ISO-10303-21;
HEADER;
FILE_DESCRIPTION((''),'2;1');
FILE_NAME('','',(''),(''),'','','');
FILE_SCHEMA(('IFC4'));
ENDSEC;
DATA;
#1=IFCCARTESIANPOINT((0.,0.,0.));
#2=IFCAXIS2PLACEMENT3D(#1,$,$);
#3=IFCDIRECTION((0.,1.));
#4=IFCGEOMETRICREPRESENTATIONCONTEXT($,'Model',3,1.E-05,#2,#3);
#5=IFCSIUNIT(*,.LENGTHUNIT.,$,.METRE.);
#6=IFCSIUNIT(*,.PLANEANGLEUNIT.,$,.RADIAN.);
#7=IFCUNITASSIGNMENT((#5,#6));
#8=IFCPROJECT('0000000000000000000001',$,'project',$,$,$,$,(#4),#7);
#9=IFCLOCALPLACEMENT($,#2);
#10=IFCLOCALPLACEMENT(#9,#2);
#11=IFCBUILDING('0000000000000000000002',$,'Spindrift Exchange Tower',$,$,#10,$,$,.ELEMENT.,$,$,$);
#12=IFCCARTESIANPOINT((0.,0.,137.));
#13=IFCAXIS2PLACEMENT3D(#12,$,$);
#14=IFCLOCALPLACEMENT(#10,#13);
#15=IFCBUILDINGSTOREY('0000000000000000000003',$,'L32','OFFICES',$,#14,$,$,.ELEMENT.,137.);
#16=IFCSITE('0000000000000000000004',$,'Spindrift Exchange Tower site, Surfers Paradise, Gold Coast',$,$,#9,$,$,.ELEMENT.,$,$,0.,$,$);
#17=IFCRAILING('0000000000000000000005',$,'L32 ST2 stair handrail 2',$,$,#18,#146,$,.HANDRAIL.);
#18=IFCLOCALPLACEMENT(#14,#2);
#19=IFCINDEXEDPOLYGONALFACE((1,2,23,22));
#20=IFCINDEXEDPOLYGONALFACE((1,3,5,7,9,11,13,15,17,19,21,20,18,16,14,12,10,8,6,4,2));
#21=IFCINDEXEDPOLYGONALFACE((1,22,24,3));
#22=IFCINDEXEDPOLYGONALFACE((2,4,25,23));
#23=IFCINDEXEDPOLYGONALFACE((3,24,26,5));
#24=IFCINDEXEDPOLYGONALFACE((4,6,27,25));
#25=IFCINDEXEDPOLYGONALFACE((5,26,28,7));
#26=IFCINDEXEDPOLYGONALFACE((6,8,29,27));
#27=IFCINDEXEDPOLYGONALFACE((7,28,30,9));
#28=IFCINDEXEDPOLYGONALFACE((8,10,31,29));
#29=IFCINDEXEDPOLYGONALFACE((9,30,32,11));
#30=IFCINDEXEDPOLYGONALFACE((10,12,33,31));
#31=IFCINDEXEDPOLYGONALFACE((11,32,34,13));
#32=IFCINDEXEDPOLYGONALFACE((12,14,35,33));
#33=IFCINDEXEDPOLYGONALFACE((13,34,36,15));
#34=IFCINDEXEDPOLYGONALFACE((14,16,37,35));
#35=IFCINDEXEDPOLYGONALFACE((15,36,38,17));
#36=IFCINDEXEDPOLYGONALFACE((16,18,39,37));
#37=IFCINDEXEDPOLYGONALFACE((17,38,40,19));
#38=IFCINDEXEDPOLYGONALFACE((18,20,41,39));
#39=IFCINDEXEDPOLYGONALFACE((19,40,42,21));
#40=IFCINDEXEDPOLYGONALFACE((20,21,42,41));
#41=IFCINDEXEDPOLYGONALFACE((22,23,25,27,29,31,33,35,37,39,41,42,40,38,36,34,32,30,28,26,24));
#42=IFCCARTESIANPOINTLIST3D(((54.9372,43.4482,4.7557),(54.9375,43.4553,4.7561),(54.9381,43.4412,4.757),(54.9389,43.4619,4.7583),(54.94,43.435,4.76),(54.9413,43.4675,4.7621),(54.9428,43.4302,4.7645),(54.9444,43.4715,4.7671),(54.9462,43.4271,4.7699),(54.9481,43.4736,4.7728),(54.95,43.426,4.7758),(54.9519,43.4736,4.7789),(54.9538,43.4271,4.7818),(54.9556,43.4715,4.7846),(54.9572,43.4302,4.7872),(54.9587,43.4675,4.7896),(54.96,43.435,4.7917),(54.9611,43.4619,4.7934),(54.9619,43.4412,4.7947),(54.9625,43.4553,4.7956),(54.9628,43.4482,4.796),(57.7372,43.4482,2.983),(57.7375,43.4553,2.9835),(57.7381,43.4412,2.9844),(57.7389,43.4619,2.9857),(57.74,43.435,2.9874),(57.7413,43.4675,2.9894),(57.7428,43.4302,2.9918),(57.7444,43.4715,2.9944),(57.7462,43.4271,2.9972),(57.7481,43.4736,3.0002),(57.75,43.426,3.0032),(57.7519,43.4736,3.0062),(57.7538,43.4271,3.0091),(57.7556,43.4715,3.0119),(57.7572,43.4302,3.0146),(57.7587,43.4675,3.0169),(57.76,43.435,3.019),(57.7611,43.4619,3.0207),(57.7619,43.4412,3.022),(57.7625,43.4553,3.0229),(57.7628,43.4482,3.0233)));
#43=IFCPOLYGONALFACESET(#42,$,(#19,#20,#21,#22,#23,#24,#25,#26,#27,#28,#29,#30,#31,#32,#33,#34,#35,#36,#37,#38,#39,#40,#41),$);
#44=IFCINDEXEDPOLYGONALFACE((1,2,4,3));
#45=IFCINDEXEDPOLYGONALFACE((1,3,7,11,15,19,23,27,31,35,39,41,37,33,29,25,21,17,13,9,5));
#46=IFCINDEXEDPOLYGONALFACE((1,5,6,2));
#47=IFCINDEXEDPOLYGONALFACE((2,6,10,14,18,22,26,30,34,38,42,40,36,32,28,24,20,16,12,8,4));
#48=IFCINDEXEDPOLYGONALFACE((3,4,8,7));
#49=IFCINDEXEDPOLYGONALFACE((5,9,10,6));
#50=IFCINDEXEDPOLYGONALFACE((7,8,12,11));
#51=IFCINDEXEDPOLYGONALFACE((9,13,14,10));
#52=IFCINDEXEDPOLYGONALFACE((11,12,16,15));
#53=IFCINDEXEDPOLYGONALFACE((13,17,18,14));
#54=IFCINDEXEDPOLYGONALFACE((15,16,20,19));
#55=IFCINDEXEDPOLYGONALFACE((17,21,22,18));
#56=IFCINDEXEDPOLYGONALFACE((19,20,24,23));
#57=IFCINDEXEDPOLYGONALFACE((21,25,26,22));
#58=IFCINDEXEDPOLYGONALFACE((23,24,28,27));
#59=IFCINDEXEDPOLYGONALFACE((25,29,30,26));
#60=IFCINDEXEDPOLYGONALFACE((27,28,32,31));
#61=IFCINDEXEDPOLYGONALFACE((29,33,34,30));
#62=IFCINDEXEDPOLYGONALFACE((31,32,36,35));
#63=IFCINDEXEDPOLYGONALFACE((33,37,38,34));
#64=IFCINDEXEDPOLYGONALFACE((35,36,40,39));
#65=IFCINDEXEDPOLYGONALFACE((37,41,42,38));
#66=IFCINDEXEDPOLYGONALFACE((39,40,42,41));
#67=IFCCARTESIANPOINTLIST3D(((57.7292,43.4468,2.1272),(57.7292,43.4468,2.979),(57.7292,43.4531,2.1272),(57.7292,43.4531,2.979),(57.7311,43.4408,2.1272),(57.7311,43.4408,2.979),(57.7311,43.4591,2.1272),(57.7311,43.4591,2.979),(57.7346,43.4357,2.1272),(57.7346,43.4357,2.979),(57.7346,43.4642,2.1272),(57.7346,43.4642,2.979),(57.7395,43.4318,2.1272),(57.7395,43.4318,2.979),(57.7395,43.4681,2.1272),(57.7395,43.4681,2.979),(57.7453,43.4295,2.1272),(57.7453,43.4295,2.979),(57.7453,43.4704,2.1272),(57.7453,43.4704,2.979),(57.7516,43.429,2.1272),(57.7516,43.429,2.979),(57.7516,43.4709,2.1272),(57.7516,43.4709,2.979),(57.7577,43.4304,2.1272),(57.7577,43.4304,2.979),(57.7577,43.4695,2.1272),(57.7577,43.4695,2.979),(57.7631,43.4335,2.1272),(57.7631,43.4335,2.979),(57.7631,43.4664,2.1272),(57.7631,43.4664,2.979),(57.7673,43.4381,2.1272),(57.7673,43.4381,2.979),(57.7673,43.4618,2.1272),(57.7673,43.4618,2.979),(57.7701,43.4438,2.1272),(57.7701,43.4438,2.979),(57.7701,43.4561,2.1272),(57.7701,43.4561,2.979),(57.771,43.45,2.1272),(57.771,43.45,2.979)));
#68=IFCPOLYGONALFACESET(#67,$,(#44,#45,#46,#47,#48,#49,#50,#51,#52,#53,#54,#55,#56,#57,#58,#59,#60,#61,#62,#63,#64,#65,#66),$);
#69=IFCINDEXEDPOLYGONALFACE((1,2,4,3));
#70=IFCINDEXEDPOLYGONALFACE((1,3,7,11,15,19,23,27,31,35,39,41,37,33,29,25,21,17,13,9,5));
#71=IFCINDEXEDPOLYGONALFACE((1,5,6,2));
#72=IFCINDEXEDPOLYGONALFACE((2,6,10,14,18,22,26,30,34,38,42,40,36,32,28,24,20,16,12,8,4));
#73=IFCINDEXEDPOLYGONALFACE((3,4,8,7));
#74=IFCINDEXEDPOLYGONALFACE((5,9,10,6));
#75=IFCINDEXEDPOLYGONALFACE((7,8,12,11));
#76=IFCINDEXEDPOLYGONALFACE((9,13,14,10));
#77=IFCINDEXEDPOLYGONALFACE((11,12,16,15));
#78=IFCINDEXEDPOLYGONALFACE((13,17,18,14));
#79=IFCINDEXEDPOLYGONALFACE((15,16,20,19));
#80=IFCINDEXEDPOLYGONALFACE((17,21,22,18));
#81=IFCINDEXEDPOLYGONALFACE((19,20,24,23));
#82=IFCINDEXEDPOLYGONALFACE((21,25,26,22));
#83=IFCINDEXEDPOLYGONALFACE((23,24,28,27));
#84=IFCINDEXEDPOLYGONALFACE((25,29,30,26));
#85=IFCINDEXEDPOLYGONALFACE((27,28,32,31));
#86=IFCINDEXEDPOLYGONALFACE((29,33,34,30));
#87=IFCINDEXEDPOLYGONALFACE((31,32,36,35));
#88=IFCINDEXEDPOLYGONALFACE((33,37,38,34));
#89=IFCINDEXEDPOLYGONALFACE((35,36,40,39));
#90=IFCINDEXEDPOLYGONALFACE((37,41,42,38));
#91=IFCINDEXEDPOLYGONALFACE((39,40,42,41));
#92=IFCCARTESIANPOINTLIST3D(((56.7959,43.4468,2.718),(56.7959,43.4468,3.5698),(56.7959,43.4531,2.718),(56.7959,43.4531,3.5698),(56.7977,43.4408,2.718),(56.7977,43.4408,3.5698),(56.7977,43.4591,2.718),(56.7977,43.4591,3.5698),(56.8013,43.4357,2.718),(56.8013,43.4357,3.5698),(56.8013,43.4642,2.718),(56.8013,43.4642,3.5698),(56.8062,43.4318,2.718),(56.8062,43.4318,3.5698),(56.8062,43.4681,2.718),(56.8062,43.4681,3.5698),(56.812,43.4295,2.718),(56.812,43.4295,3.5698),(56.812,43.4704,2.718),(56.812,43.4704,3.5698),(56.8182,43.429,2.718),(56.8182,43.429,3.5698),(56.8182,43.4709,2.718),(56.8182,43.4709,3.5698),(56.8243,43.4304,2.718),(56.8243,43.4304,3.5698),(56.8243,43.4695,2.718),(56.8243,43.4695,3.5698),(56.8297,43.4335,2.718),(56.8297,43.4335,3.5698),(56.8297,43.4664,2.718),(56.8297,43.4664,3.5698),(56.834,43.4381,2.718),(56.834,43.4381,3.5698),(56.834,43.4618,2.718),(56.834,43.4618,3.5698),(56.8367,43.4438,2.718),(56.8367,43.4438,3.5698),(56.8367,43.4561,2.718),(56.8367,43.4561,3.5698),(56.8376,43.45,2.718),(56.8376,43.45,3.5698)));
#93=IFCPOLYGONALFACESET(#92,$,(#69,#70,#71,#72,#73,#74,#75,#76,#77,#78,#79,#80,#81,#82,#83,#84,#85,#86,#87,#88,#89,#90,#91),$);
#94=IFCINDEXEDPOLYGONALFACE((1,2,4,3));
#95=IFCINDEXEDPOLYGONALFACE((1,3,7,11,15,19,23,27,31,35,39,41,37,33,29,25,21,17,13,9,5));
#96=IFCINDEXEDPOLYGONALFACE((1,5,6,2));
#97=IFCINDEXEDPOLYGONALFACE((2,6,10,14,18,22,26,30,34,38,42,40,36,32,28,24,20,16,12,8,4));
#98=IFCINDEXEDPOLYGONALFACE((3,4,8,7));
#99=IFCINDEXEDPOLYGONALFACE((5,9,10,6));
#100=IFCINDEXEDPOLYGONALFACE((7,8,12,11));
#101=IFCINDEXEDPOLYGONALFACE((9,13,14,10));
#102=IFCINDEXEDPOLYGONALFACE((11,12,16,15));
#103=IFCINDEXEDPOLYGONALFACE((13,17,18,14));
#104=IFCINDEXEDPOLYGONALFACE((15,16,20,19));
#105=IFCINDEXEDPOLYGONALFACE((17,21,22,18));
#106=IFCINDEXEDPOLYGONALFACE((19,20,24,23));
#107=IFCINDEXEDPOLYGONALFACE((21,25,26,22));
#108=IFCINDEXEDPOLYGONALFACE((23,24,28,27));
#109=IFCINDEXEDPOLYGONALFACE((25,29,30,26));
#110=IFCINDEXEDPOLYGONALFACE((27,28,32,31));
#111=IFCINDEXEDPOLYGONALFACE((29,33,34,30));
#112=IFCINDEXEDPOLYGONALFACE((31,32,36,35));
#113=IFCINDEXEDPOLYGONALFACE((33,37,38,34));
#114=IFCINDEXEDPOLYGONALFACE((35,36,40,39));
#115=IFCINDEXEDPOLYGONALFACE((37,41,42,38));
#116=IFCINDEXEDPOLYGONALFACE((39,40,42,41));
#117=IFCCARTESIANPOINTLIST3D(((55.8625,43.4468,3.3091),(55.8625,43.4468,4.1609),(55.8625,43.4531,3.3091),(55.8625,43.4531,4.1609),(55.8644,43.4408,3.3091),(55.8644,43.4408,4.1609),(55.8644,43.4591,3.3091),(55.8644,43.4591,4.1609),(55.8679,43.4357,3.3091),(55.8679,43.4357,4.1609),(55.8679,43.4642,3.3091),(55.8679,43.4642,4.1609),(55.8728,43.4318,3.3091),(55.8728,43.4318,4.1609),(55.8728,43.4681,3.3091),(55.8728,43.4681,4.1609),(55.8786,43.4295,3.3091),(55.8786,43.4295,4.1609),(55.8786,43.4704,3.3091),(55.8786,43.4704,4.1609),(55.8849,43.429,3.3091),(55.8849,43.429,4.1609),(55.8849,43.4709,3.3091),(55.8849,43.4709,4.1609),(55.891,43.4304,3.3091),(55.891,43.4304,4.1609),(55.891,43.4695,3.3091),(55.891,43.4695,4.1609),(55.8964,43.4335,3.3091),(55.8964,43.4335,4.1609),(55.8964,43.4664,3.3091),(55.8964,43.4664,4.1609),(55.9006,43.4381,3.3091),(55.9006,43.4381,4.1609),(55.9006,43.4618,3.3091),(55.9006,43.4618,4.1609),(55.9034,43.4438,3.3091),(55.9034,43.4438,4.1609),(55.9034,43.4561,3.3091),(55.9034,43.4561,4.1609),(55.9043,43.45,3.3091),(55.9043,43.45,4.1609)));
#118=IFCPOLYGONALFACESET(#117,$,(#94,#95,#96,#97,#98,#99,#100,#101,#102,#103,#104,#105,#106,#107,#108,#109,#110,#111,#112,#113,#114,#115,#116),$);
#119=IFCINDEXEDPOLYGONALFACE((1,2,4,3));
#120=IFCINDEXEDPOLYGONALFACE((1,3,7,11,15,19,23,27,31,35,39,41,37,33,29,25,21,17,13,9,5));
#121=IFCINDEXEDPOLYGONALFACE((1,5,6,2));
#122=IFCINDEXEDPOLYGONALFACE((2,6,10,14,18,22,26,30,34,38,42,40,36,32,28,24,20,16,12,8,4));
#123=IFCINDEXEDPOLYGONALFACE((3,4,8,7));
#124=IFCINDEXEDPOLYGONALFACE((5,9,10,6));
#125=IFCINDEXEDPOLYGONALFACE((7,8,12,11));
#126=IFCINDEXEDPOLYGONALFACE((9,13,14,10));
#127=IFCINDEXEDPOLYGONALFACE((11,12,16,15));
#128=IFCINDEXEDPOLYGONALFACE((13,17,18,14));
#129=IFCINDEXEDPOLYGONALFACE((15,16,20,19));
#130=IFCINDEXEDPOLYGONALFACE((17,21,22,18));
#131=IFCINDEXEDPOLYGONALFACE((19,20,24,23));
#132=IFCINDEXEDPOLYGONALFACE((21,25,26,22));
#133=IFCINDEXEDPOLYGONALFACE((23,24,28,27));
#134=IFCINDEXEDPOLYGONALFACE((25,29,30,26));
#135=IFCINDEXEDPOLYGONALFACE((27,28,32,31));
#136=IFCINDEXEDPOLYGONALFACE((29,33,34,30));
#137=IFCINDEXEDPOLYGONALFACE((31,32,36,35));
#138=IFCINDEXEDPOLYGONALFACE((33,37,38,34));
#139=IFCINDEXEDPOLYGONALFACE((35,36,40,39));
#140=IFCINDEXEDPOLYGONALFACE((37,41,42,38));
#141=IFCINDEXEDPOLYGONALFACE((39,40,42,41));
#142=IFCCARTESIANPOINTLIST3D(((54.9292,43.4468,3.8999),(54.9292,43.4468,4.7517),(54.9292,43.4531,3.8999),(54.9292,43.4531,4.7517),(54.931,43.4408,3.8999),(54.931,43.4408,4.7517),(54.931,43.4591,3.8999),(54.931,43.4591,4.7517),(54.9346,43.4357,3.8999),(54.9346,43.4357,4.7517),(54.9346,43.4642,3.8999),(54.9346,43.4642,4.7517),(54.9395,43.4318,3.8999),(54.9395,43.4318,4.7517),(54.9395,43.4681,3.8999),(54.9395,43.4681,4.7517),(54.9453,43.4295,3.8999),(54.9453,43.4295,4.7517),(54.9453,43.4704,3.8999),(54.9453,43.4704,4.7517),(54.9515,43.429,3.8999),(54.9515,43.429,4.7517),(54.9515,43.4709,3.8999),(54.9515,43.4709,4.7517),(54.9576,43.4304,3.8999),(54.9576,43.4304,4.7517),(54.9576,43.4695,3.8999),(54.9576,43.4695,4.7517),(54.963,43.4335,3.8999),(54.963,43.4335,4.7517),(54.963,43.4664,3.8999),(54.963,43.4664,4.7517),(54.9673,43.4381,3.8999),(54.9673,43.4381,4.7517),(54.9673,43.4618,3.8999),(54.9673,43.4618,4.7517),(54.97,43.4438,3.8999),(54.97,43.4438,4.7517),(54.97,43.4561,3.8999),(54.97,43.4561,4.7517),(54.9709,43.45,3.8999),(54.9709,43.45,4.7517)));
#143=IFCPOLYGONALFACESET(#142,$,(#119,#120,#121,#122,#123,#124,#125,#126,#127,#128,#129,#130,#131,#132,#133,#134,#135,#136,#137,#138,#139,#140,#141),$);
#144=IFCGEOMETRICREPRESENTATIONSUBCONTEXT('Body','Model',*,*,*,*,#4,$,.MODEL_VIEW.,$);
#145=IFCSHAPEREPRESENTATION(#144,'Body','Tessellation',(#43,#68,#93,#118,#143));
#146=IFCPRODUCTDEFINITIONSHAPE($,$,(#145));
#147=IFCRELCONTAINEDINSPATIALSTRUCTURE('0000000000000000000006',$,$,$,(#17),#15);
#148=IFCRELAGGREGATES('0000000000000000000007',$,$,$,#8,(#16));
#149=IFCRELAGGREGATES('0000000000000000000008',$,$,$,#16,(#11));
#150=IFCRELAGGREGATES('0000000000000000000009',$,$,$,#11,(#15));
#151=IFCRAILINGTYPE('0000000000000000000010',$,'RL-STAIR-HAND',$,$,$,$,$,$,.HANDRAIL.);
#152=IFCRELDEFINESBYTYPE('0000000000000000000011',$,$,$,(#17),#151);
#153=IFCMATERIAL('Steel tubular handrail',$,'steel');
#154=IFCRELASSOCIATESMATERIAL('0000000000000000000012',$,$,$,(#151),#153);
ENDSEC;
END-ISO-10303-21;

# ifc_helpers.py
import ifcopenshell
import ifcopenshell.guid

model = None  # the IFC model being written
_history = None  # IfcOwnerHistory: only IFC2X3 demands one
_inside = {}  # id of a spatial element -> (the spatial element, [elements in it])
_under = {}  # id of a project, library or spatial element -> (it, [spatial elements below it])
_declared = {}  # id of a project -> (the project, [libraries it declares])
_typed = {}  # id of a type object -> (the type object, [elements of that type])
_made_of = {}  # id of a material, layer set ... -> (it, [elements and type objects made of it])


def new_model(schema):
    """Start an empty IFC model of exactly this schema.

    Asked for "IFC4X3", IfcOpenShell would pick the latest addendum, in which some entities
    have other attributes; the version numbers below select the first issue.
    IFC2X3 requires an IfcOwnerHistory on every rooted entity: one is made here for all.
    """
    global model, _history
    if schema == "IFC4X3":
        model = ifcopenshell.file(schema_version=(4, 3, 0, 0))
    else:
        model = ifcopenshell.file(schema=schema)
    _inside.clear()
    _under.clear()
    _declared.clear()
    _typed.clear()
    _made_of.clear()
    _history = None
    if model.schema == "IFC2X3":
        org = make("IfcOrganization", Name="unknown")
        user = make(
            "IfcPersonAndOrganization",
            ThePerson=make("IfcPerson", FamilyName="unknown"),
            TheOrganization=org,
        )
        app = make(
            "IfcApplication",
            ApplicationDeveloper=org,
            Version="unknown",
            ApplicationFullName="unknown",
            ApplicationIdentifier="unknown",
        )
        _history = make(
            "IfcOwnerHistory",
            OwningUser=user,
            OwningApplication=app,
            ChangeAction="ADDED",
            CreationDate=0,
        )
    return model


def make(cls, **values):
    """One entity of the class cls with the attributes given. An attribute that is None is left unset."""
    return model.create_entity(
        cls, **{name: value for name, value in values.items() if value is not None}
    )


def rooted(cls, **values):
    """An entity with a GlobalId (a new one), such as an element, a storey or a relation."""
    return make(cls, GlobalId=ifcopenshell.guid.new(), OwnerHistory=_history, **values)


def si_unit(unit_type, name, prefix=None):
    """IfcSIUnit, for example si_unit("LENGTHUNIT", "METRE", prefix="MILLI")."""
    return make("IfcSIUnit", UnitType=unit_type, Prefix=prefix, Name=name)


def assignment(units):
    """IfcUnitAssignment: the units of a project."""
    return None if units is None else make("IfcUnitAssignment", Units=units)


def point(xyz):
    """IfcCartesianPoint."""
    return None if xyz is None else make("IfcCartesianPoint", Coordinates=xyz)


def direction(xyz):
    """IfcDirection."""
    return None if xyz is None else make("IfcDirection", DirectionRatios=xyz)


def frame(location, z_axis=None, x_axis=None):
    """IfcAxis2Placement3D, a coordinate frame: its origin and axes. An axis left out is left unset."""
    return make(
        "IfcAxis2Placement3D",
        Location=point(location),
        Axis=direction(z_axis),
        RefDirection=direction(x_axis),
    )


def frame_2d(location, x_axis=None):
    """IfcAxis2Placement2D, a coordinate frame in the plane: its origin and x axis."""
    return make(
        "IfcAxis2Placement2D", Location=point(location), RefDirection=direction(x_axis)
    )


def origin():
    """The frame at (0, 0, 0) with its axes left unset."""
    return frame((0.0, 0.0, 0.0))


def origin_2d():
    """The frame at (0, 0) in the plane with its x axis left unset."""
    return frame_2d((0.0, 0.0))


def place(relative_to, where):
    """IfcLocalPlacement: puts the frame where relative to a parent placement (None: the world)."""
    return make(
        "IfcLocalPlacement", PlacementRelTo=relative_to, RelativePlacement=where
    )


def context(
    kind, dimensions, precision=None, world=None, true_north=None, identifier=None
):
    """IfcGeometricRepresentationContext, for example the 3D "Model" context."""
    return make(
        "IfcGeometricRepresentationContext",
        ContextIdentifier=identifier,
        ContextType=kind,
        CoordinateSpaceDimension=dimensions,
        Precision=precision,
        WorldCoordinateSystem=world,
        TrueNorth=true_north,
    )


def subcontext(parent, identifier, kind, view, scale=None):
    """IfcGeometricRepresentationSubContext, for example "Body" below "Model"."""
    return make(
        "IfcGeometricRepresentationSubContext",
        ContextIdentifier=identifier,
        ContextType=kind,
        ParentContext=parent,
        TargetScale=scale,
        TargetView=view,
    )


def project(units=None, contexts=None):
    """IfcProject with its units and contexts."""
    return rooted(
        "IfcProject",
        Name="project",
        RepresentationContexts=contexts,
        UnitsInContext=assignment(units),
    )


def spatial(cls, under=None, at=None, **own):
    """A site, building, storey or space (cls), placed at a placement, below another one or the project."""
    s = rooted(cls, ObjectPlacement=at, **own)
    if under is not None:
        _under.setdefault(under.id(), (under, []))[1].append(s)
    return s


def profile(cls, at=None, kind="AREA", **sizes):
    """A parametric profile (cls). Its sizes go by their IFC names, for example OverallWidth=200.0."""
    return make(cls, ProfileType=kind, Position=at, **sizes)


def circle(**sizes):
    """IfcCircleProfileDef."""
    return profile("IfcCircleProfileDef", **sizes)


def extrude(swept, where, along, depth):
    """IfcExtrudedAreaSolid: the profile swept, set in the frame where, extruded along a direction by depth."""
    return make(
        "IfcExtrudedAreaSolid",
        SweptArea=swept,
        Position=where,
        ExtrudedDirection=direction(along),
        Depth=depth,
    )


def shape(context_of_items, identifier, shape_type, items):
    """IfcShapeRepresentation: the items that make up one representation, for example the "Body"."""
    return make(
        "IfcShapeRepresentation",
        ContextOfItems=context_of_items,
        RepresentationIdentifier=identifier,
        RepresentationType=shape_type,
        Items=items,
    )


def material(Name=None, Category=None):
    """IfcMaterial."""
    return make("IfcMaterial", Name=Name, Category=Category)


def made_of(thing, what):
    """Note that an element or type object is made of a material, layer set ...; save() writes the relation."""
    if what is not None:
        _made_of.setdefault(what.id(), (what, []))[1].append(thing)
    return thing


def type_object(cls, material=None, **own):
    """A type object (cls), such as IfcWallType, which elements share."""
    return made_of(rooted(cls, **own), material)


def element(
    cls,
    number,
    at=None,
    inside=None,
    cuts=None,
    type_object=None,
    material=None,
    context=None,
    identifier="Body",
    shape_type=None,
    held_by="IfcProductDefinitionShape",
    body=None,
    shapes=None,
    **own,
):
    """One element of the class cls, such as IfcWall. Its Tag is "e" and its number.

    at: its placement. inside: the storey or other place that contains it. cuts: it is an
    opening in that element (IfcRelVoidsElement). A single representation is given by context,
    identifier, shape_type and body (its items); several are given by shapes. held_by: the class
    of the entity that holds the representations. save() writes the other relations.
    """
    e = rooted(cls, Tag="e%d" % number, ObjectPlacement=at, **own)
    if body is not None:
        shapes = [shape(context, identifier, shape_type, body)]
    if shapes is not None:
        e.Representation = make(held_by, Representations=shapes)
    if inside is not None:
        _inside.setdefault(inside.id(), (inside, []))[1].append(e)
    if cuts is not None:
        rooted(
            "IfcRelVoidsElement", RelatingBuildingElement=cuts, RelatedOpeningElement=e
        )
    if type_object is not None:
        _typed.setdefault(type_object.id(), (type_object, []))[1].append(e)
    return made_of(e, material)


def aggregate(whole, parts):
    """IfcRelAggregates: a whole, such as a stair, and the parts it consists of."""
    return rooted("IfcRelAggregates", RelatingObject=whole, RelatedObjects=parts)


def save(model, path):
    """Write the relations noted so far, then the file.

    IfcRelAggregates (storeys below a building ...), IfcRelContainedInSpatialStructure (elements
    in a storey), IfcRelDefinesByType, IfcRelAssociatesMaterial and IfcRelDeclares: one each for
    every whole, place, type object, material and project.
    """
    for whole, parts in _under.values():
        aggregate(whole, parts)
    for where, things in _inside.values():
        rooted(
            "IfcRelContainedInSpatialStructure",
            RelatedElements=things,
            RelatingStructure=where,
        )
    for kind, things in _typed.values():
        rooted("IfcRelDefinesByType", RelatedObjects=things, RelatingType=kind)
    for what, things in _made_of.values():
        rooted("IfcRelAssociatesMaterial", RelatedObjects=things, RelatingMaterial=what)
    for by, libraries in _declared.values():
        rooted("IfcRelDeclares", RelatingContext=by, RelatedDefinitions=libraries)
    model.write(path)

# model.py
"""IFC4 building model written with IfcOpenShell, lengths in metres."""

from ifc_helpers import new_model, si_unit, direction, frame, origin, origin_2d, place, context, subcontext, project, spatial, circle, extrude, material, type_object, element, save


model = new_model("IFC4")

# Units and contexts
model_context = context("Model", 3, precision=1e-05, world=origin(), true_north=direction((0.0, 1.0)))
body_context = subcontext(model_context, "Body", "Model", "MODEL_VIEW")
ifc_project = project(units=[si_unit("LENGTHUNIT", "METRE"), si_unit("PLANEANGLEUNIT", "RADIAN")], contexts=[model_context])

# Site, building, storey
site_placement = place(None, origin())
site = spatial("IfcSite", under=ifc_project, at=site_placement, Name="Spindrift Exchange Tower site, Surfers Paradise, Gold Coast", CompositionType="ELEMENT", RefElevation=0.0)
building_placement = place(site_placement, origin())
building = spatial("IfcBuilding", under=site, at=building_placement, Name="Spindrift Exchange Tower", CompositionType="ELEMENT")
storey_placement = place(building_placement, frame((0.0, 0.0, 137.0)))
storey = spatial("IfcBuildingStorey", under=building, at=storey_placement, Name="L32", Description="OFFICES", CompositionType="ELEMENT", Elevation=137.0)

# Railing
ifc_material_1 = material(Name="Steel tubular handrail", Category="steel")
railing_type_1 = type_object("IfcRailingType", Name="RL-STAIR-HAND", PredefinedType="HANDRAIL", material=ifc_material_1)
railing_1_placement = place(storey_placement, frame((57.75, 43.45, 2.1272)))
element("IfcRailing", 1, at=railing_1_placement, inside=storey, type_object=railing_type_1, Name="L32 ST2 stair handrail 2", PredefinedType="HANDRAIL", context=body_context, shape_type="SweptSolid", body=[
    extrude(circle(Radius=0.0239, at=origin_2d()), frame((0.0, 0.0, 0.876), z_axis=(-0.844909, 0.0, 0.53491), x_axis=(0.0, -1.0, 0.0)), (0.0, 0.0, 1.0), 3.314),
    extrude(circle(Radius=0.021, at=origin_2d()), origin(), (0.0, 0.0, 1.0), 0.8518),
    extrude(circle(Radius=0.021, at=origin_2d()), frame((-0.9333, 0.0, 0.5908)), (0.0, 0.0, 1.0), 0.8518),
    extrude(circle(Radius=0.021, at=origin_2d()), frame((-1.8667, 0.0, 1.1819)), (0.0, 0.0, 1.0), 0.8518),
    extrude(circle(Radius=0.021, at=origin_2d()), frame((-2.8, 0.0, 1.7727)), (0.0, 0.0, 1.0), 0.8518),
])

save(model, "model.ifc")
